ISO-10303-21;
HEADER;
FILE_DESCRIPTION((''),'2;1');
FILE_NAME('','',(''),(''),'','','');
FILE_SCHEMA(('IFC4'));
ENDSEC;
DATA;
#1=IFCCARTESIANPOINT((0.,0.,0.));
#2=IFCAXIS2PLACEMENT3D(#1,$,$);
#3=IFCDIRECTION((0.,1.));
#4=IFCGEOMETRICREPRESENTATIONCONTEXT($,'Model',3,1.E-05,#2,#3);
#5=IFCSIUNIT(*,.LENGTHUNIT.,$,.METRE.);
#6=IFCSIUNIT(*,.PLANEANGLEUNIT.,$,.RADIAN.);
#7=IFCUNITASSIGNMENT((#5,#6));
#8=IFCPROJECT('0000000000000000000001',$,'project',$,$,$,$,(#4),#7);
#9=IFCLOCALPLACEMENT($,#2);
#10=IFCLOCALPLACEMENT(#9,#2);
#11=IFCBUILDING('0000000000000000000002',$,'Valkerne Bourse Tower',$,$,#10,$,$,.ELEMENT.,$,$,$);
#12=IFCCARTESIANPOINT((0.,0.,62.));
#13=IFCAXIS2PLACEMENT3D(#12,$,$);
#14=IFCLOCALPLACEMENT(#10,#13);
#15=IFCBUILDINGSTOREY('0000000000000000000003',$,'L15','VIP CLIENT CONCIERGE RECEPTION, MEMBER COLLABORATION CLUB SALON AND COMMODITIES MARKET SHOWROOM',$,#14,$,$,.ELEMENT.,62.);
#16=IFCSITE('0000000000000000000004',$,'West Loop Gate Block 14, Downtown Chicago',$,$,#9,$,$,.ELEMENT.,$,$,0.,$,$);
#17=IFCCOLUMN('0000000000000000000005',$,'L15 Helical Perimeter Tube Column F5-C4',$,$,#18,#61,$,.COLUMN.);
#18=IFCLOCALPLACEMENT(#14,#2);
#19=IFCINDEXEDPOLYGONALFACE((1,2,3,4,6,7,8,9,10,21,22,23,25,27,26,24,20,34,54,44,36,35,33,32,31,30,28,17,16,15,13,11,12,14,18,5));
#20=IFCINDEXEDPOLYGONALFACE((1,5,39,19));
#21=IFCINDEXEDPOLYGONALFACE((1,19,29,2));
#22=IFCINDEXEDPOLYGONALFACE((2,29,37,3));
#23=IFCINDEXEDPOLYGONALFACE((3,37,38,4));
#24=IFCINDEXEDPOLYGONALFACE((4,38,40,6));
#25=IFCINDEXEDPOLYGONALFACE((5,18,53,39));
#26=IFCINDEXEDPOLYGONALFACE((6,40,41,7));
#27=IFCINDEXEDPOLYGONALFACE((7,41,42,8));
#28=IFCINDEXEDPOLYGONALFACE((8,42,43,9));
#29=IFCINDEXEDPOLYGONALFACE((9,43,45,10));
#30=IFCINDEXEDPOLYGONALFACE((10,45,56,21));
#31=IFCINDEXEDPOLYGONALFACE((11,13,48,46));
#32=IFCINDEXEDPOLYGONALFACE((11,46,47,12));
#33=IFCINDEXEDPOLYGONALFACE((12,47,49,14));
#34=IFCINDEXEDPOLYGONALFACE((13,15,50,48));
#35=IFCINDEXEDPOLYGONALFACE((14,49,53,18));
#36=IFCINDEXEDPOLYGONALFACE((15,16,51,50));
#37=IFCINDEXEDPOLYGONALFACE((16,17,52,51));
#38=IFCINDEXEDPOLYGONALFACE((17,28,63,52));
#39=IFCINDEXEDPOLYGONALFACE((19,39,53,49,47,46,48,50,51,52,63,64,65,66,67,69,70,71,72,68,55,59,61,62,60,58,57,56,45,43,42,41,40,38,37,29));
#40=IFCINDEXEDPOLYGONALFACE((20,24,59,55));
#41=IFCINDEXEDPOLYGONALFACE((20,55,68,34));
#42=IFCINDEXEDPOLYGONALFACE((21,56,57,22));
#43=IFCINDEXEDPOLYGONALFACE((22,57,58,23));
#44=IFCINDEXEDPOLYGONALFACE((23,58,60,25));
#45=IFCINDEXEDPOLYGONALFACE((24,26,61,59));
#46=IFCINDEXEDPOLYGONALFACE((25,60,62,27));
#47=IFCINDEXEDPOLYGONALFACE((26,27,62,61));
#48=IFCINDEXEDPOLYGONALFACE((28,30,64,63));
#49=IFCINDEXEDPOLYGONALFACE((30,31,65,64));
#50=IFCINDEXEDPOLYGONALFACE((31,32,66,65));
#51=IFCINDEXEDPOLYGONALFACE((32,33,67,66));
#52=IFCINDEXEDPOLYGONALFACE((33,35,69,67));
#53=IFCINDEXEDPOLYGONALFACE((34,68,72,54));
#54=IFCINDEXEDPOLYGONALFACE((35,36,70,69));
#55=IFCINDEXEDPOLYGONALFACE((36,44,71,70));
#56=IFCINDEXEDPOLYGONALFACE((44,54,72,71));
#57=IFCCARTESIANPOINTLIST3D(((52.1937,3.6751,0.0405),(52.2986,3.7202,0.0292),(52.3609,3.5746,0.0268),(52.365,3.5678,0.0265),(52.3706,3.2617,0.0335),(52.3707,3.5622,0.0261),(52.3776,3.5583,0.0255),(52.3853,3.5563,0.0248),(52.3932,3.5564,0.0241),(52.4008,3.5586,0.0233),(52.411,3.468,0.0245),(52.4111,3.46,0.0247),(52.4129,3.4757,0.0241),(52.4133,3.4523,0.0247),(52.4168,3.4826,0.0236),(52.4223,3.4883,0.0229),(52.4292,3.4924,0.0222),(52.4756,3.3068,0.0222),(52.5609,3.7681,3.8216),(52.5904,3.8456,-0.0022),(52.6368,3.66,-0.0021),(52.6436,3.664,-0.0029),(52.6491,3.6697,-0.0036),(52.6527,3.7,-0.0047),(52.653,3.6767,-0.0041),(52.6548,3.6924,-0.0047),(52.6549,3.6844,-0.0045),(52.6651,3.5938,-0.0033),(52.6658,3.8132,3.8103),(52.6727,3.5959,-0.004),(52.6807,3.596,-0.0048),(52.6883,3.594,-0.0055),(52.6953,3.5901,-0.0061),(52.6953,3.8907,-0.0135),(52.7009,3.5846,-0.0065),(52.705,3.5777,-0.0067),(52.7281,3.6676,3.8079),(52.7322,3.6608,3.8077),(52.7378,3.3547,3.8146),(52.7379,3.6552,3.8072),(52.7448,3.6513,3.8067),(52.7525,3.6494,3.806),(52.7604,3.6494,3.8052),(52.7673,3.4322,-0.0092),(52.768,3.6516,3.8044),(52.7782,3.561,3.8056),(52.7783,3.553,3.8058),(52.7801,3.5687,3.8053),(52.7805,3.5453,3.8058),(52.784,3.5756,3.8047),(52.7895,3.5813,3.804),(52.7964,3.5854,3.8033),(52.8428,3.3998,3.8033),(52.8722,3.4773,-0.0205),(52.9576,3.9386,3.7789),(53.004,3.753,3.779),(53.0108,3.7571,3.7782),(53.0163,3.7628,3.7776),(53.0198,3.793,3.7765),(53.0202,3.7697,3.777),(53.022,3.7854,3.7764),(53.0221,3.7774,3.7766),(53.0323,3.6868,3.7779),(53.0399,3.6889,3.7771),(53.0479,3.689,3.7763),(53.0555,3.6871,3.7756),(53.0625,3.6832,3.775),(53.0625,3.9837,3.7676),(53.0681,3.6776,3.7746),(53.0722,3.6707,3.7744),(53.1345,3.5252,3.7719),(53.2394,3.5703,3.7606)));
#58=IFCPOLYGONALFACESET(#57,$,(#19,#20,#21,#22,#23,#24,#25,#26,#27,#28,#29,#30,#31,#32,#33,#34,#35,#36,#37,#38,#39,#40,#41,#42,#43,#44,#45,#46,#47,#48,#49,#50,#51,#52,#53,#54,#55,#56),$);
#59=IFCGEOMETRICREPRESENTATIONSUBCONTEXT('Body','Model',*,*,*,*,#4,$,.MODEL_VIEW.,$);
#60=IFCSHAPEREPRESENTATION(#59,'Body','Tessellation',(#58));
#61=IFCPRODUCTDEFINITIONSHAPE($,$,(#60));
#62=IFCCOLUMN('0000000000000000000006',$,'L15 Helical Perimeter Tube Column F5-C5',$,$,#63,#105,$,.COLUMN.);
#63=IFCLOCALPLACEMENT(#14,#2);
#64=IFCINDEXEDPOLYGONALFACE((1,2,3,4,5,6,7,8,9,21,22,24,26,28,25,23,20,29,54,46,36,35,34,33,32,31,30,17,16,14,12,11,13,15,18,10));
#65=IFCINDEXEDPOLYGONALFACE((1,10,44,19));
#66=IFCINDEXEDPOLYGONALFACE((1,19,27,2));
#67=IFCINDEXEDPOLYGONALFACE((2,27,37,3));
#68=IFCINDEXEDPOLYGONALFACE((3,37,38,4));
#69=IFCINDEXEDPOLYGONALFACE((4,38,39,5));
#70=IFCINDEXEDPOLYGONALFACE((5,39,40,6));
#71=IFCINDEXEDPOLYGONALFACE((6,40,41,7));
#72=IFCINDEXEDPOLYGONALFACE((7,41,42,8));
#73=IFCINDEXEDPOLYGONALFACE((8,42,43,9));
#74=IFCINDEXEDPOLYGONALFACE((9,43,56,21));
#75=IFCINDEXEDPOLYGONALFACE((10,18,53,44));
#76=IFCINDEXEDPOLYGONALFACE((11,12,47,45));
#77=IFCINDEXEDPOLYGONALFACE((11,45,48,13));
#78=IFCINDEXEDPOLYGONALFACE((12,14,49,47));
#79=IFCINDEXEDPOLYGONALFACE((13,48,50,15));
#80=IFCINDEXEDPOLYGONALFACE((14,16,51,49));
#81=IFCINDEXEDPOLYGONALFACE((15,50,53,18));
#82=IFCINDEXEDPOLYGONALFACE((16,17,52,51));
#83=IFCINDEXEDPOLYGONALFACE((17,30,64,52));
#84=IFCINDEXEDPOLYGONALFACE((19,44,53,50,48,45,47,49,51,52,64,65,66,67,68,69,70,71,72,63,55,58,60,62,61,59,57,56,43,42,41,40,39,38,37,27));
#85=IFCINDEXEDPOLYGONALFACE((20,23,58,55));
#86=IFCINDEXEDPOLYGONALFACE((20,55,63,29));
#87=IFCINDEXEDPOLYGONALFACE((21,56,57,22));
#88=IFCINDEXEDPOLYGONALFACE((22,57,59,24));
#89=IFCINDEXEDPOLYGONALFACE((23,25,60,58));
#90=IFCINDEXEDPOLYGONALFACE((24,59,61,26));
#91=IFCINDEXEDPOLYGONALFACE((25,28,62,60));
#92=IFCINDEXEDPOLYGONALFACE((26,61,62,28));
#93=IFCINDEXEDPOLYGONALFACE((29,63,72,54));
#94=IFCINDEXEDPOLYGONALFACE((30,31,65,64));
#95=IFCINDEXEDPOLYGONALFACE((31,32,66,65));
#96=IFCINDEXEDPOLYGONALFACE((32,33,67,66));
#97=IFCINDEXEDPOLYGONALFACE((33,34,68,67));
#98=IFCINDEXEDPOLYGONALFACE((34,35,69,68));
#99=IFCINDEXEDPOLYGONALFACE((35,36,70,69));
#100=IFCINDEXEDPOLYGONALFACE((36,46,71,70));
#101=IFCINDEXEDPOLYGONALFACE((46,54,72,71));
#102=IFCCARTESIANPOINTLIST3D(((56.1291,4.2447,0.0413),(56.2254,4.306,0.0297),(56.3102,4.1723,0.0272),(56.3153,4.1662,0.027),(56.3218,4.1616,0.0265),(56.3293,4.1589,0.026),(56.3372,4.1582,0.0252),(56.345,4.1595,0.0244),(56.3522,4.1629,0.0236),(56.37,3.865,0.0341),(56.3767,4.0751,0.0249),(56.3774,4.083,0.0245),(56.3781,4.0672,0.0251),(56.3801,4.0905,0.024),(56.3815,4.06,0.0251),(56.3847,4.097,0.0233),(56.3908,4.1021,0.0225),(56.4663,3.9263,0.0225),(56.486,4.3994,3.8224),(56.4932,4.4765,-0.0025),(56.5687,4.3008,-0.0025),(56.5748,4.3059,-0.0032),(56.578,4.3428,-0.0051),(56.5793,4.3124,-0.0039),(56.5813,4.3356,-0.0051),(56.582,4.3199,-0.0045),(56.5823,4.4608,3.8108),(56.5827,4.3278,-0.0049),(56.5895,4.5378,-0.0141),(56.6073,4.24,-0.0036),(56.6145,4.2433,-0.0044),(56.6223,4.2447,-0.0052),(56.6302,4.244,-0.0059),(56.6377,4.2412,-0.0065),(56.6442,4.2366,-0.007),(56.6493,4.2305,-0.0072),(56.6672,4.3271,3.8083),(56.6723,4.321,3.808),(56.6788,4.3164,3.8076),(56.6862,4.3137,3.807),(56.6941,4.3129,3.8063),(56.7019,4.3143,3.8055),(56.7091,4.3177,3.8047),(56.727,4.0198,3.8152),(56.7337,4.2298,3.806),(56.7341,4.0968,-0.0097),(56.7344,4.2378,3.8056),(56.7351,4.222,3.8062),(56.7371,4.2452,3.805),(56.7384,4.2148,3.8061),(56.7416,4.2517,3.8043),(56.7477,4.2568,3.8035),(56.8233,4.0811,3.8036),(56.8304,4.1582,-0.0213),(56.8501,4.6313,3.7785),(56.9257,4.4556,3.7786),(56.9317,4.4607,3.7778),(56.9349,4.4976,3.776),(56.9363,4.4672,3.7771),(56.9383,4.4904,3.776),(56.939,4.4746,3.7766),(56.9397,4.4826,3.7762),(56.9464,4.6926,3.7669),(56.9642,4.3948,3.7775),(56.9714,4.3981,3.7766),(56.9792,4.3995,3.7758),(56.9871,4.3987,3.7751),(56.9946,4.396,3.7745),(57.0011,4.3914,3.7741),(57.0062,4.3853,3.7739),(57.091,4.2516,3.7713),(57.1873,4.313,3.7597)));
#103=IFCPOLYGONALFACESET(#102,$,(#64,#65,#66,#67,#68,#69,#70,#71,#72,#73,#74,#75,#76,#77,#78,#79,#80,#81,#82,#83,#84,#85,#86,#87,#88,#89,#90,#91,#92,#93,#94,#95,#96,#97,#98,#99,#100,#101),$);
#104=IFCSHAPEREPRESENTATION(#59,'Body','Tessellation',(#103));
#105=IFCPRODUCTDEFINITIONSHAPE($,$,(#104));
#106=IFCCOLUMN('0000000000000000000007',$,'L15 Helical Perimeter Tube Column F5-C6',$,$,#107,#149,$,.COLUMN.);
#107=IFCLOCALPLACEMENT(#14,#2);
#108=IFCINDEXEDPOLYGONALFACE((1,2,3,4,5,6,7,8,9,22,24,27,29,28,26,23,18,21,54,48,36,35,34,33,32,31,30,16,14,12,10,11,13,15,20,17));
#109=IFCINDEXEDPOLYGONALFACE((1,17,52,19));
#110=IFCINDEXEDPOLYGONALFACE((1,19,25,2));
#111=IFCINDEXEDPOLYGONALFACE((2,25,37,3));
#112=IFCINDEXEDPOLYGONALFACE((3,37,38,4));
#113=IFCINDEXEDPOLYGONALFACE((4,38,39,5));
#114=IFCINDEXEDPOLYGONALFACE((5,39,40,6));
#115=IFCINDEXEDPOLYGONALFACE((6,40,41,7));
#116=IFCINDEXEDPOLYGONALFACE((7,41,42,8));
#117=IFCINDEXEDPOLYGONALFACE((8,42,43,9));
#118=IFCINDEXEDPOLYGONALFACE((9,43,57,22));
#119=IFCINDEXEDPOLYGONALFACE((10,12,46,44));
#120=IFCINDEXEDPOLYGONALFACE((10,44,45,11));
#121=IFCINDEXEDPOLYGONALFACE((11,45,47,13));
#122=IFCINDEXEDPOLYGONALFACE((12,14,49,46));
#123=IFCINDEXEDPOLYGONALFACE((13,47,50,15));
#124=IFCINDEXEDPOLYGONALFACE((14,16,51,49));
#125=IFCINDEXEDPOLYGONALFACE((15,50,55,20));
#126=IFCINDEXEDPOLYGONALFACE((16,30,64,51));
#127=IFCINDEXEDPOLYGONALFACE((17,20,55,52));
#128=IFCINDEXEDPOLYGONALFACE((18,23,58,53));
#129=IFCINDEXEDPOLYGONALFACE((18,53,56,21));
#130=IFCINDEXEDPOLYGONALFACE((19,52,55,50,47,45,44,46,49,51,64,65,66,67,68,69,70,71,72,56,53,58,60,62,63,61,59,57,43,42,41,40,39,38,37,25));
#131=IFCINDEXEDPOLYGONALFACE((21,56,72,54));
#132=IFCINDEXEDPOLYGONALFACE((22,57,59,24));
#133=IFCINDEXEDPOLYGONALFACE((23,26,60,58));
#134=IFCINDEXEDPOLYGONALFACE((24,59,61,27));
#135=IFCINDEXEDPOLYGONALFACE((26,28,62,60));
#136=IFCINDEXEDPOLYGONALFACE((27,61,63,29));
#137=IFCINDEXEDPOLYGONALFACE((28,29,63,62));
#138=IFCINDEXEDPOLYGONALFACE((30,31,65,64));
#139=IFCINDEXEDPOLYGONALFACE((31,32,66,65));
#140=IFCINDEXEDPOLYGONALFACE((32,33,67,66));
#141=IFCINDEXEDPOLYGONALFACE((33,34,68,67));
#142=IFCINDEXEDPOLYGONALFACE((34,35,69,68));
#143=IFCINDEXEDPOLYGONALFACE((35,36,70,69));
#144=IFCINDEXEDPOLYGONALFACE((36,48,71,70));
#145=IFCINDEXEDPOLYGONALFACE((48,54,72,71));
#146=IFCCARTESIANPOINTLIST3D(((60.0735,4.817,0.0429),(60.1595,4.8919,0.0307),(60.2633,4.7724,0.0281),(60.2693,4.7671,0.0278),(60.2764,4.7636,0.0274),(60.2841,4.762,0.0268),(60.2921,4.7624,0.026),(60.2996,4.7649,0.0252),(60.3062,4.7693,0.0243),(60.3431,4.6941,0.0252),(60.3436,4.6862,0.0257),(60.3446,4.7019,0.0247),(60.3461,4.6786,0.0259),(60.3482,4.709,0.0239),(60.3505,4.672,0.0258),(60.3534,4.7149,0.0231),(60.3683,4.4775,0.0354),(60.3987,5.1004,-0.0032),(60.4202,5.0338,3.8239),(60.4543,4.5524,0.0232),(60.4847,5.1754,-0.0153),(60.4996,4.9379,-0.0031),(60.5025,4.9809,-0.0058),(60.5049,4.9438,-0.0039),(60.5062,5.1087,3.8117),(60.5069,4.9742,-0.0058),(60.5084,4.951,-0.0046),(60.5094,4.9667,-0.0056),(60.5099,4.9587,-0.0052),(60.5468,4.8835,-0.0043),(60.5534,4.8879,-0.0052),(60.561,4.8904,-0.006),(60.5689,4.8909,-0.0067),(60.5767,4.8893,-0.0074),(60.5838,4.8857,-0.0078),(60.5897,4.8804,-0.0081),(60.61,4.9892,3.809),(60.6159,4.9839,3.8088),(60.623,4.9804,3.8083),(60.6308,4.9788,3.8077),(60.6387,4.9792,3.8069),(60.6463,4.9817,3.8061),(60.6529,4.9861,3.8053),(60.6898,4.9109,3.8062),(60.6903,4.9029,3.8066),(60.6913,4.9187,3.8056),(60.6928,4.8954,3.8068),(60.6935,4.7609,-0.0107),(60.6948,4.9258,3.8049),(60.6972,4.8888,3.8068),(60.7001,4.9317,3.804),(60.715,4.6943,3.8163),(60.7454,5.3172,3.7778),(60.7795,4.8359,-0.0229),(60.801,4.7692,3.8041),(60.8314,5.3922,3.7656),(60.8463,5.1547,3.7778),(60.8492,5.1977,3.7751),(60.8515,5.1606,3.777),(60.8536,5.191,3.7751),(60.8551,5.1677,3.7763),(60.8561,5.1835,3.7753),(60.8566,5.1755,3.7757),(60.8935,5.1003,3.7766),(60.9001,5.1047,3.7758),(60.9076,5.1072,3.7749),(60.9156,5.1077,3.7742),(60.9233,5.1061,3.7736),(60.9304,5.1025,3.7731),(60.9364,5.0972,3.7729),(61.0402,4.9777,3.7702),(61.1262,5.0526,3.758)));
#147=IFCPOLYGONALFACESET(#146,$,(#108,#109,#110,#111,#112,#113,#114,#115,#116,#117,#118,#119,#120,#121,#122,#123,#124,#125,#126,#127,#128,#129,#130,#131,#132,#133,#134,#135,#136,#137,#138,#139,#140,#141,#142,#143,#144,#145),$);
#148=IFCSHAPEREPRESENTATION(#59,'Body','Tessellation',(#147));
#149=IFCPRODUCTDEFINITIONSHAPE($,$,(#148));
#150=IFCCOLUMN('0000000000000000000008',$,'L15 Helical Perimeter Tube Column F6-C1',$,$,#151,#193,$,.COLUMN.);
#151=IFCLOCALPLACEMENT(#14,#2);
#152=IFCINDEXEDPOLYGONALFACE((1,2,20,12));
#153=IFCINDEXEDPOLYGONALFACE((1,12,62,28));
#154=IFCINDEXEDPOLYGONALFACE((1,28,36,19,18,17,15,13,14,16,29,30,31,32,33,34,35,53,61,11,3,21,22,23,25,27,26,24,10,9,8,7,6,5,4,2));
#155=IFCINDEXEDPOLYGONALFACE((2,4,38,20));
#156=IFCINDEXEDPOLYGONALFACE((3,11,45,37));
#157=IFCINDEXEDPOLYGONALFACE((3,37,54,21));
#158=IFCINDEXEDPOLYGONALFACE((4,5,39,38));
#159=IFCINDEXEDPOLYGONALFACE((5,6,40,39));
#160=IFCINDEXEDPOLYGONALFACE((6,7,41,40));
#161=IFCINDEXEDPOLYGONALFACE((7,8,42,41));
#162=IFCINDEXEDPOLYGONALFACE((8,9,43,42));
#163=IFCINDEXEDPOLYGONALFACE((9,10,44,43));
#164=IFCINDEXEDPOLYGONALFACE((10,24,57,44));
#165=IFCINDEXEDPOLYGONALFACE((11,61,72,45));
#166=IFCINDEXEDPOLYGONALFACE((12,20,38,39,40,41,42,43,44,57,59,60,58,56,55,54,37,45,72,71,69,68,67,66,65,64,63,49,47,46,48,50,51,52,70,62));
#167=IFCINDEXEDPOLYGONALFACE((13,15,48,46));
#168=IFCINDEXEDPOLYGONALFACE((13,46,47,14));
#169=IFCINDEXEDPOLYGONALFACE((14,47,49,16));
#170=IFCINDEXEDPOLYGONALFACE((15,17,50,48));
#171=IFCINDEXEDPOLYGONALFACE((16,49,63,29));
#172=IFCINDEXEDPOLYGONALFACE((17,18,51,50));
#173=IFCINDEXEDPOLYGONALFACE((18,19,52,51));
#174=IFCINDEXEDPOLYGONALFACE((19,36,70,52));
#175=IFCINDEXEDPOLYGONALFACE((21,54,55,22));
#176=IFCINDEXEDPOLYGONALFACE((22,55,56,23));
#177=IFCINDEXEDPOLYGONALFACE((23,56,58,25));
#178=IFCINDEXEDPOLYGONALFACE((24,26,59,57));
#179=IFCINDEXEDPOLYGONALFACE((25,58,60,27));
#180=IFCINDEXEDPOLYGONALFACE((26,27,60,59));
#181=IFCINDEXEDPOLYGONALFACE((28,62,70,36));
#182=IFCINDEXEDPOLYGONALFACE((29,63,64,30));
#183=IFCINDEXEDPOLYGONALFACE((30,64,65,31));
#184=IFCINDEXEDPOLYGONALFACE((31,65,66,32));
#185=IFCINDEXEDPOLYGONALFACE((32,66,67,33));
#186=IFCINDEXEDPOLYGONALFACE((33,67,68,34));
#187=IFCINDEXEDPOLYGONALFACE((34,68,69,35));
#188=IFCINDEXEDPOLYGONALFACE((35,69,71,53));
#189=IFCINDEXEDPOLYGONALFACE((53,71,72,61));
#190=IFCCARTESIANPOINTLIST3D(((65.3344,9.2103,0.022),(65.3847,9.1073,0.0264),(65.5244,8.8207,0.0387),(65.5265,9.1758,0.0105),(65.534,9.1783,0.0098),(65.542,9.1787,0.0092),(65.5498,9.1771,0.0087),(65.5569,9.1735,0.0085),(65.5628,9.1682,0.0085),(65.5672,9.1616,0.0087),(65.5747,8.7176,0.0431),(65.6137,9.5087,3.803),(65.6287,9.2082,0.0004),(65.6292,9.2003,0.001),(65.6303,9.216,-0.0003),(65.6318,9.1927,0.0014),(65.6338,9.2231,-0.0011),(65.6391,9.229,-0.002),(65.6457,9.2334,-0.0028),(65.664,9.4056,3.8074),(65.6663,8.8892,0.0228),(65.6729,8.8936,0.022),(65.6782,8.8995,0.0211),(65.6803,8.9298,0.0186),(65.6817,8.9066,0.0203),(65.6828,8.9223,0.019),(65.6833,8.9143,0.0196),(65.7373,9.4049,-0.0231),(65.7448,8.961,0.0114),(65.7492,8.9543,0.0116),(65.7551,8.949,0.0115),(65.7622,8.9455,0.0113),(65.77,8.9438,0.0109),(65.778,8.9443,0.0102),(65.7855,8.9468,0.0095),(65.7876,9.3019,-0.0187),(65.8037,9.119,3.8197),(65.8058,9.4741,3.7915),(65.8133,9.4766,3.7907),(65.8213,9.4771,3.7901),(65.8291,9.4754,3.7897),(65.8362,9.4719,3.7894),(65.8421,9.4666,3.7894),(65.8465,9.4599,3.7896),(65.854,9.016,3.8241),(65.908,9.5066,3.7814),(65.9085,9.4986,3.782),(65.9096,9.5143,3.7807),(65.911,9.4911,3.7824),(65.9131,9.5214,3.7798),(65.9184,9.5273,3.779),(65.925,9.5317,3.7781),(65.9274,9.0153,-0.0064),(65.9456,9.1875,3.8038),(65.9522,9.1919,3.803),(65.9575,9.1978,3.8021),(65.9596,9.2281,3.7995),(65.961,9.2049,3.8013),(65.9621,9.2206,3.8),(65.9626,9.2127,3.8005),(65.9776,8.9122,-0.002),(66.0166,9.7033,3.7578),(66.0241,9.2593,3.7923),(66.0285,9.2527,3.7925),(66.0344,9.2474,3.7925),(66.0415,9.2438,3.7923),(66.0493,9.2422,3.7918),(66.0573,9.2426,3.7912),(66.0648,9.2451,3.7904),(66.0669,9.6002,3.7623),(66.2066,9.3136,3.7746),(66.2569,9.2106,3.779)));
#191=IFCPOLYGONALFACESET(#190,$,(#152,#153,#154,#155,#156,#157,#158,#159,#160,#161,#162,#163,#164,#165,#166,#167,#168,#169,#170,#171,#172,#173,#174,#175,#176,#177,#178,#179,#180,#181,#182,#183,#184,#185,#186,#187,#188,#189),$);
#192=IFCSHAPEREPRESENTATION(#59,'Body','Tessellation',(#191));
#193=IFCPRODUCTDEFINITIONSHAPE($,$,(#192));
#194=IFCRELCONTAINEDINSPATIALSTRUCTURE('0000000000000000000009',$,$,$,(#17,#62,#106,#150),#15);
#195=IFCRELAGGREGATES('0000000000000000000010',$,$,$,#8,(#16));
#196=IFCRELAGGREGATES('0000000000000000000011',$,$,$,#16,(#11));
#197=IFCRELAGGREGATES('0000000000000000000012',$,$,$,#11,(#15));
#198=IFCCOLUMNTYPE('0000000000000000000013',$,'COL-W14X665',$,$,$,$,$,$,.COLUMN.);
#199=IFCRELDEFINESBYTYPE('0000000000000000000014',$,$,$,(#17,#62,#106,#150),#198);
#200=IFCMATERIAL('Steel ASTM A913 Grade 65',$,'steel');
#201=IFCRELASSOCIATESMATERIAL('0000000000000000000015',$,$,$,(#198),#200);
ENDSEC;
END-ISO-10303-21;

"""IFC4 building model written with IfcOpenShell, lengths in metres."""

from ifc_helpers import new_model, si_unit, direction, frame, origin, origin_2d, place, context, subcontext, project, spatial, i_section, extrude, material, material_profile, profile_set, type_object, element, save


model = new_model("IFC4")

# Units and contexts
model_context = context("Model", 3, precision=1e-05, world=origin(), true_north=direction((0.0, 1.0)))
body_context = subcontext(model_context, "Body", "Model", "MODEL_VIEW")
ifc_project = project(units=[si_unit("LENGTHUNIT", "METRE"), si_unit("PLANEANGLEUNIT", "RADIAN")], contexts=[model_context])

# Site, building, storey
site_placement = place(None, origin())
site = spatial("IfcSite", under=ifc_project, at=site_placement, Name="West Loop Gate Block 14, Downtown Chicago", CompositionType="ELEMENT", RefElevation=0.0)
building_placement = place(site_placement, origin())
building = spatial("IfcBuilding", under=site, at=building_placement, Name="Valkerne Bourse Tower", CompositionType="ELEMENT")
storey_placement = place(building_placement, frame((0.0, 0.0, 62.0)))
storey = spatial("IfcBuildingStorey", under=building, at=storey_placement, Name="L15", Description="VIP CLIENT CONCIERGE RECEPTION, MEMBER COLLABORATION CLUB SALON AND COMMODITIES MARKET SHOWROOM", CompositionType="ELEMENT", Elevation=62.0)

# Columns
ifc_material_1 = material(Name="Steel ASTM A913 Grade 65", Category="steel")
ifc_material_profile_1 = material_profile(ifc_material_1, i_section(OverallWidth=0.4497, OverallDepth=0.5486, WebThickness=0.072, FlangeThickness=0.1147, FilletRadius=0.0305, at=origin_2d()), Name="W14X665")
ifc_profile_set_1 = profile_set([ifc_material_profile_1], Name="Steel ASTM A913 Grade 65")
column_type = type_object("IfcColumnType", Name="COL-W14X665", PredefinedType="COLUMN", material=ifc_profile_set_1)
column_1_placement = place(storey_placement, frame((52.533, 3.5762, 0.01), z_axis=(0.09663, 0.024479, 0.995019), x_axis=(-0.393433, 0.919221, 0.015594)))
element("IfcColumn", 1, at=column_1_placement, inside=storey, type_object=column_type, Name="L15 Helical Perimeter Tube Column F5-C4", PredefinedType="COLUMN", context=body_context, shape_type="SweptSolid", body=[
    extrude(i_section(OverallWidth=0.4497, OverallDepth=0.5486, WebThickness=0.072, FlangeThickness=0.1147, FilletRadius=0.0305, at=origin_2d()), origin(), (0.0, 0.0, 1.0), 3.8),
])
column_2_placement = place(storey_placement, frame((56.4797, 4.2014, 0.01), z_axis=(0.093906, 0.040723, 0.994748), x_axis=(-0.535723, 0.844242, 0.016012)))
element("IfcColumn", 2, at=column_2_placement, inside=storey, type_object=column_type, Name="L15 Helical Perimeter Tube Column F5-C5", PredefinedType="COLUMN", context=body_context, shape_type="SweptSolid", body=[
    extrude(i_section(OverallWidth=0.4497, OverallDepth=0.5486, WebThickness=0.072, FlangeThickness=0.1147, FilletRadius=0.0305, at=origin_2d()), origin(), (0.0, 0.0, 1.0), 3.801),
])
for number, where, z_axis, x_axis, name in (
    (3, (60.4265, 4.8264, 0.01), (0.091158, 0.057006, 0.994203), (-0.655552, 0.754963, 0.016819), "L15 Helical Perimeter Tube Column F5-C6"),
    (4, (65.656, 9.0613, 0.01), (0.073441, 0.078448, 0.994209), (-0.895953, -0.43267, 0.100322), "L15 Helical Perimeter Tube Column F6-C1"),
):
    element("IfcColumn", number, at=place(storey_placement, frame(where, z_axis=z_axis, x_axis=x_axis)), inside=storey, type_object=column_type, Name=name, PredefinedType="COLUMN", context=body_context, shape_type="SweptSolid", body=[
        extrude(i_section(OverallWidth=0.4497, OverallDepth=0.5486, WebThickness=0.072, FlangeThickness=0.1147, FilletRadius=0.0305, at=origin_2d()), origin(), (0.0, 0.0, 1.0), 3.803),
    ])

save(model, "model.ifc")
